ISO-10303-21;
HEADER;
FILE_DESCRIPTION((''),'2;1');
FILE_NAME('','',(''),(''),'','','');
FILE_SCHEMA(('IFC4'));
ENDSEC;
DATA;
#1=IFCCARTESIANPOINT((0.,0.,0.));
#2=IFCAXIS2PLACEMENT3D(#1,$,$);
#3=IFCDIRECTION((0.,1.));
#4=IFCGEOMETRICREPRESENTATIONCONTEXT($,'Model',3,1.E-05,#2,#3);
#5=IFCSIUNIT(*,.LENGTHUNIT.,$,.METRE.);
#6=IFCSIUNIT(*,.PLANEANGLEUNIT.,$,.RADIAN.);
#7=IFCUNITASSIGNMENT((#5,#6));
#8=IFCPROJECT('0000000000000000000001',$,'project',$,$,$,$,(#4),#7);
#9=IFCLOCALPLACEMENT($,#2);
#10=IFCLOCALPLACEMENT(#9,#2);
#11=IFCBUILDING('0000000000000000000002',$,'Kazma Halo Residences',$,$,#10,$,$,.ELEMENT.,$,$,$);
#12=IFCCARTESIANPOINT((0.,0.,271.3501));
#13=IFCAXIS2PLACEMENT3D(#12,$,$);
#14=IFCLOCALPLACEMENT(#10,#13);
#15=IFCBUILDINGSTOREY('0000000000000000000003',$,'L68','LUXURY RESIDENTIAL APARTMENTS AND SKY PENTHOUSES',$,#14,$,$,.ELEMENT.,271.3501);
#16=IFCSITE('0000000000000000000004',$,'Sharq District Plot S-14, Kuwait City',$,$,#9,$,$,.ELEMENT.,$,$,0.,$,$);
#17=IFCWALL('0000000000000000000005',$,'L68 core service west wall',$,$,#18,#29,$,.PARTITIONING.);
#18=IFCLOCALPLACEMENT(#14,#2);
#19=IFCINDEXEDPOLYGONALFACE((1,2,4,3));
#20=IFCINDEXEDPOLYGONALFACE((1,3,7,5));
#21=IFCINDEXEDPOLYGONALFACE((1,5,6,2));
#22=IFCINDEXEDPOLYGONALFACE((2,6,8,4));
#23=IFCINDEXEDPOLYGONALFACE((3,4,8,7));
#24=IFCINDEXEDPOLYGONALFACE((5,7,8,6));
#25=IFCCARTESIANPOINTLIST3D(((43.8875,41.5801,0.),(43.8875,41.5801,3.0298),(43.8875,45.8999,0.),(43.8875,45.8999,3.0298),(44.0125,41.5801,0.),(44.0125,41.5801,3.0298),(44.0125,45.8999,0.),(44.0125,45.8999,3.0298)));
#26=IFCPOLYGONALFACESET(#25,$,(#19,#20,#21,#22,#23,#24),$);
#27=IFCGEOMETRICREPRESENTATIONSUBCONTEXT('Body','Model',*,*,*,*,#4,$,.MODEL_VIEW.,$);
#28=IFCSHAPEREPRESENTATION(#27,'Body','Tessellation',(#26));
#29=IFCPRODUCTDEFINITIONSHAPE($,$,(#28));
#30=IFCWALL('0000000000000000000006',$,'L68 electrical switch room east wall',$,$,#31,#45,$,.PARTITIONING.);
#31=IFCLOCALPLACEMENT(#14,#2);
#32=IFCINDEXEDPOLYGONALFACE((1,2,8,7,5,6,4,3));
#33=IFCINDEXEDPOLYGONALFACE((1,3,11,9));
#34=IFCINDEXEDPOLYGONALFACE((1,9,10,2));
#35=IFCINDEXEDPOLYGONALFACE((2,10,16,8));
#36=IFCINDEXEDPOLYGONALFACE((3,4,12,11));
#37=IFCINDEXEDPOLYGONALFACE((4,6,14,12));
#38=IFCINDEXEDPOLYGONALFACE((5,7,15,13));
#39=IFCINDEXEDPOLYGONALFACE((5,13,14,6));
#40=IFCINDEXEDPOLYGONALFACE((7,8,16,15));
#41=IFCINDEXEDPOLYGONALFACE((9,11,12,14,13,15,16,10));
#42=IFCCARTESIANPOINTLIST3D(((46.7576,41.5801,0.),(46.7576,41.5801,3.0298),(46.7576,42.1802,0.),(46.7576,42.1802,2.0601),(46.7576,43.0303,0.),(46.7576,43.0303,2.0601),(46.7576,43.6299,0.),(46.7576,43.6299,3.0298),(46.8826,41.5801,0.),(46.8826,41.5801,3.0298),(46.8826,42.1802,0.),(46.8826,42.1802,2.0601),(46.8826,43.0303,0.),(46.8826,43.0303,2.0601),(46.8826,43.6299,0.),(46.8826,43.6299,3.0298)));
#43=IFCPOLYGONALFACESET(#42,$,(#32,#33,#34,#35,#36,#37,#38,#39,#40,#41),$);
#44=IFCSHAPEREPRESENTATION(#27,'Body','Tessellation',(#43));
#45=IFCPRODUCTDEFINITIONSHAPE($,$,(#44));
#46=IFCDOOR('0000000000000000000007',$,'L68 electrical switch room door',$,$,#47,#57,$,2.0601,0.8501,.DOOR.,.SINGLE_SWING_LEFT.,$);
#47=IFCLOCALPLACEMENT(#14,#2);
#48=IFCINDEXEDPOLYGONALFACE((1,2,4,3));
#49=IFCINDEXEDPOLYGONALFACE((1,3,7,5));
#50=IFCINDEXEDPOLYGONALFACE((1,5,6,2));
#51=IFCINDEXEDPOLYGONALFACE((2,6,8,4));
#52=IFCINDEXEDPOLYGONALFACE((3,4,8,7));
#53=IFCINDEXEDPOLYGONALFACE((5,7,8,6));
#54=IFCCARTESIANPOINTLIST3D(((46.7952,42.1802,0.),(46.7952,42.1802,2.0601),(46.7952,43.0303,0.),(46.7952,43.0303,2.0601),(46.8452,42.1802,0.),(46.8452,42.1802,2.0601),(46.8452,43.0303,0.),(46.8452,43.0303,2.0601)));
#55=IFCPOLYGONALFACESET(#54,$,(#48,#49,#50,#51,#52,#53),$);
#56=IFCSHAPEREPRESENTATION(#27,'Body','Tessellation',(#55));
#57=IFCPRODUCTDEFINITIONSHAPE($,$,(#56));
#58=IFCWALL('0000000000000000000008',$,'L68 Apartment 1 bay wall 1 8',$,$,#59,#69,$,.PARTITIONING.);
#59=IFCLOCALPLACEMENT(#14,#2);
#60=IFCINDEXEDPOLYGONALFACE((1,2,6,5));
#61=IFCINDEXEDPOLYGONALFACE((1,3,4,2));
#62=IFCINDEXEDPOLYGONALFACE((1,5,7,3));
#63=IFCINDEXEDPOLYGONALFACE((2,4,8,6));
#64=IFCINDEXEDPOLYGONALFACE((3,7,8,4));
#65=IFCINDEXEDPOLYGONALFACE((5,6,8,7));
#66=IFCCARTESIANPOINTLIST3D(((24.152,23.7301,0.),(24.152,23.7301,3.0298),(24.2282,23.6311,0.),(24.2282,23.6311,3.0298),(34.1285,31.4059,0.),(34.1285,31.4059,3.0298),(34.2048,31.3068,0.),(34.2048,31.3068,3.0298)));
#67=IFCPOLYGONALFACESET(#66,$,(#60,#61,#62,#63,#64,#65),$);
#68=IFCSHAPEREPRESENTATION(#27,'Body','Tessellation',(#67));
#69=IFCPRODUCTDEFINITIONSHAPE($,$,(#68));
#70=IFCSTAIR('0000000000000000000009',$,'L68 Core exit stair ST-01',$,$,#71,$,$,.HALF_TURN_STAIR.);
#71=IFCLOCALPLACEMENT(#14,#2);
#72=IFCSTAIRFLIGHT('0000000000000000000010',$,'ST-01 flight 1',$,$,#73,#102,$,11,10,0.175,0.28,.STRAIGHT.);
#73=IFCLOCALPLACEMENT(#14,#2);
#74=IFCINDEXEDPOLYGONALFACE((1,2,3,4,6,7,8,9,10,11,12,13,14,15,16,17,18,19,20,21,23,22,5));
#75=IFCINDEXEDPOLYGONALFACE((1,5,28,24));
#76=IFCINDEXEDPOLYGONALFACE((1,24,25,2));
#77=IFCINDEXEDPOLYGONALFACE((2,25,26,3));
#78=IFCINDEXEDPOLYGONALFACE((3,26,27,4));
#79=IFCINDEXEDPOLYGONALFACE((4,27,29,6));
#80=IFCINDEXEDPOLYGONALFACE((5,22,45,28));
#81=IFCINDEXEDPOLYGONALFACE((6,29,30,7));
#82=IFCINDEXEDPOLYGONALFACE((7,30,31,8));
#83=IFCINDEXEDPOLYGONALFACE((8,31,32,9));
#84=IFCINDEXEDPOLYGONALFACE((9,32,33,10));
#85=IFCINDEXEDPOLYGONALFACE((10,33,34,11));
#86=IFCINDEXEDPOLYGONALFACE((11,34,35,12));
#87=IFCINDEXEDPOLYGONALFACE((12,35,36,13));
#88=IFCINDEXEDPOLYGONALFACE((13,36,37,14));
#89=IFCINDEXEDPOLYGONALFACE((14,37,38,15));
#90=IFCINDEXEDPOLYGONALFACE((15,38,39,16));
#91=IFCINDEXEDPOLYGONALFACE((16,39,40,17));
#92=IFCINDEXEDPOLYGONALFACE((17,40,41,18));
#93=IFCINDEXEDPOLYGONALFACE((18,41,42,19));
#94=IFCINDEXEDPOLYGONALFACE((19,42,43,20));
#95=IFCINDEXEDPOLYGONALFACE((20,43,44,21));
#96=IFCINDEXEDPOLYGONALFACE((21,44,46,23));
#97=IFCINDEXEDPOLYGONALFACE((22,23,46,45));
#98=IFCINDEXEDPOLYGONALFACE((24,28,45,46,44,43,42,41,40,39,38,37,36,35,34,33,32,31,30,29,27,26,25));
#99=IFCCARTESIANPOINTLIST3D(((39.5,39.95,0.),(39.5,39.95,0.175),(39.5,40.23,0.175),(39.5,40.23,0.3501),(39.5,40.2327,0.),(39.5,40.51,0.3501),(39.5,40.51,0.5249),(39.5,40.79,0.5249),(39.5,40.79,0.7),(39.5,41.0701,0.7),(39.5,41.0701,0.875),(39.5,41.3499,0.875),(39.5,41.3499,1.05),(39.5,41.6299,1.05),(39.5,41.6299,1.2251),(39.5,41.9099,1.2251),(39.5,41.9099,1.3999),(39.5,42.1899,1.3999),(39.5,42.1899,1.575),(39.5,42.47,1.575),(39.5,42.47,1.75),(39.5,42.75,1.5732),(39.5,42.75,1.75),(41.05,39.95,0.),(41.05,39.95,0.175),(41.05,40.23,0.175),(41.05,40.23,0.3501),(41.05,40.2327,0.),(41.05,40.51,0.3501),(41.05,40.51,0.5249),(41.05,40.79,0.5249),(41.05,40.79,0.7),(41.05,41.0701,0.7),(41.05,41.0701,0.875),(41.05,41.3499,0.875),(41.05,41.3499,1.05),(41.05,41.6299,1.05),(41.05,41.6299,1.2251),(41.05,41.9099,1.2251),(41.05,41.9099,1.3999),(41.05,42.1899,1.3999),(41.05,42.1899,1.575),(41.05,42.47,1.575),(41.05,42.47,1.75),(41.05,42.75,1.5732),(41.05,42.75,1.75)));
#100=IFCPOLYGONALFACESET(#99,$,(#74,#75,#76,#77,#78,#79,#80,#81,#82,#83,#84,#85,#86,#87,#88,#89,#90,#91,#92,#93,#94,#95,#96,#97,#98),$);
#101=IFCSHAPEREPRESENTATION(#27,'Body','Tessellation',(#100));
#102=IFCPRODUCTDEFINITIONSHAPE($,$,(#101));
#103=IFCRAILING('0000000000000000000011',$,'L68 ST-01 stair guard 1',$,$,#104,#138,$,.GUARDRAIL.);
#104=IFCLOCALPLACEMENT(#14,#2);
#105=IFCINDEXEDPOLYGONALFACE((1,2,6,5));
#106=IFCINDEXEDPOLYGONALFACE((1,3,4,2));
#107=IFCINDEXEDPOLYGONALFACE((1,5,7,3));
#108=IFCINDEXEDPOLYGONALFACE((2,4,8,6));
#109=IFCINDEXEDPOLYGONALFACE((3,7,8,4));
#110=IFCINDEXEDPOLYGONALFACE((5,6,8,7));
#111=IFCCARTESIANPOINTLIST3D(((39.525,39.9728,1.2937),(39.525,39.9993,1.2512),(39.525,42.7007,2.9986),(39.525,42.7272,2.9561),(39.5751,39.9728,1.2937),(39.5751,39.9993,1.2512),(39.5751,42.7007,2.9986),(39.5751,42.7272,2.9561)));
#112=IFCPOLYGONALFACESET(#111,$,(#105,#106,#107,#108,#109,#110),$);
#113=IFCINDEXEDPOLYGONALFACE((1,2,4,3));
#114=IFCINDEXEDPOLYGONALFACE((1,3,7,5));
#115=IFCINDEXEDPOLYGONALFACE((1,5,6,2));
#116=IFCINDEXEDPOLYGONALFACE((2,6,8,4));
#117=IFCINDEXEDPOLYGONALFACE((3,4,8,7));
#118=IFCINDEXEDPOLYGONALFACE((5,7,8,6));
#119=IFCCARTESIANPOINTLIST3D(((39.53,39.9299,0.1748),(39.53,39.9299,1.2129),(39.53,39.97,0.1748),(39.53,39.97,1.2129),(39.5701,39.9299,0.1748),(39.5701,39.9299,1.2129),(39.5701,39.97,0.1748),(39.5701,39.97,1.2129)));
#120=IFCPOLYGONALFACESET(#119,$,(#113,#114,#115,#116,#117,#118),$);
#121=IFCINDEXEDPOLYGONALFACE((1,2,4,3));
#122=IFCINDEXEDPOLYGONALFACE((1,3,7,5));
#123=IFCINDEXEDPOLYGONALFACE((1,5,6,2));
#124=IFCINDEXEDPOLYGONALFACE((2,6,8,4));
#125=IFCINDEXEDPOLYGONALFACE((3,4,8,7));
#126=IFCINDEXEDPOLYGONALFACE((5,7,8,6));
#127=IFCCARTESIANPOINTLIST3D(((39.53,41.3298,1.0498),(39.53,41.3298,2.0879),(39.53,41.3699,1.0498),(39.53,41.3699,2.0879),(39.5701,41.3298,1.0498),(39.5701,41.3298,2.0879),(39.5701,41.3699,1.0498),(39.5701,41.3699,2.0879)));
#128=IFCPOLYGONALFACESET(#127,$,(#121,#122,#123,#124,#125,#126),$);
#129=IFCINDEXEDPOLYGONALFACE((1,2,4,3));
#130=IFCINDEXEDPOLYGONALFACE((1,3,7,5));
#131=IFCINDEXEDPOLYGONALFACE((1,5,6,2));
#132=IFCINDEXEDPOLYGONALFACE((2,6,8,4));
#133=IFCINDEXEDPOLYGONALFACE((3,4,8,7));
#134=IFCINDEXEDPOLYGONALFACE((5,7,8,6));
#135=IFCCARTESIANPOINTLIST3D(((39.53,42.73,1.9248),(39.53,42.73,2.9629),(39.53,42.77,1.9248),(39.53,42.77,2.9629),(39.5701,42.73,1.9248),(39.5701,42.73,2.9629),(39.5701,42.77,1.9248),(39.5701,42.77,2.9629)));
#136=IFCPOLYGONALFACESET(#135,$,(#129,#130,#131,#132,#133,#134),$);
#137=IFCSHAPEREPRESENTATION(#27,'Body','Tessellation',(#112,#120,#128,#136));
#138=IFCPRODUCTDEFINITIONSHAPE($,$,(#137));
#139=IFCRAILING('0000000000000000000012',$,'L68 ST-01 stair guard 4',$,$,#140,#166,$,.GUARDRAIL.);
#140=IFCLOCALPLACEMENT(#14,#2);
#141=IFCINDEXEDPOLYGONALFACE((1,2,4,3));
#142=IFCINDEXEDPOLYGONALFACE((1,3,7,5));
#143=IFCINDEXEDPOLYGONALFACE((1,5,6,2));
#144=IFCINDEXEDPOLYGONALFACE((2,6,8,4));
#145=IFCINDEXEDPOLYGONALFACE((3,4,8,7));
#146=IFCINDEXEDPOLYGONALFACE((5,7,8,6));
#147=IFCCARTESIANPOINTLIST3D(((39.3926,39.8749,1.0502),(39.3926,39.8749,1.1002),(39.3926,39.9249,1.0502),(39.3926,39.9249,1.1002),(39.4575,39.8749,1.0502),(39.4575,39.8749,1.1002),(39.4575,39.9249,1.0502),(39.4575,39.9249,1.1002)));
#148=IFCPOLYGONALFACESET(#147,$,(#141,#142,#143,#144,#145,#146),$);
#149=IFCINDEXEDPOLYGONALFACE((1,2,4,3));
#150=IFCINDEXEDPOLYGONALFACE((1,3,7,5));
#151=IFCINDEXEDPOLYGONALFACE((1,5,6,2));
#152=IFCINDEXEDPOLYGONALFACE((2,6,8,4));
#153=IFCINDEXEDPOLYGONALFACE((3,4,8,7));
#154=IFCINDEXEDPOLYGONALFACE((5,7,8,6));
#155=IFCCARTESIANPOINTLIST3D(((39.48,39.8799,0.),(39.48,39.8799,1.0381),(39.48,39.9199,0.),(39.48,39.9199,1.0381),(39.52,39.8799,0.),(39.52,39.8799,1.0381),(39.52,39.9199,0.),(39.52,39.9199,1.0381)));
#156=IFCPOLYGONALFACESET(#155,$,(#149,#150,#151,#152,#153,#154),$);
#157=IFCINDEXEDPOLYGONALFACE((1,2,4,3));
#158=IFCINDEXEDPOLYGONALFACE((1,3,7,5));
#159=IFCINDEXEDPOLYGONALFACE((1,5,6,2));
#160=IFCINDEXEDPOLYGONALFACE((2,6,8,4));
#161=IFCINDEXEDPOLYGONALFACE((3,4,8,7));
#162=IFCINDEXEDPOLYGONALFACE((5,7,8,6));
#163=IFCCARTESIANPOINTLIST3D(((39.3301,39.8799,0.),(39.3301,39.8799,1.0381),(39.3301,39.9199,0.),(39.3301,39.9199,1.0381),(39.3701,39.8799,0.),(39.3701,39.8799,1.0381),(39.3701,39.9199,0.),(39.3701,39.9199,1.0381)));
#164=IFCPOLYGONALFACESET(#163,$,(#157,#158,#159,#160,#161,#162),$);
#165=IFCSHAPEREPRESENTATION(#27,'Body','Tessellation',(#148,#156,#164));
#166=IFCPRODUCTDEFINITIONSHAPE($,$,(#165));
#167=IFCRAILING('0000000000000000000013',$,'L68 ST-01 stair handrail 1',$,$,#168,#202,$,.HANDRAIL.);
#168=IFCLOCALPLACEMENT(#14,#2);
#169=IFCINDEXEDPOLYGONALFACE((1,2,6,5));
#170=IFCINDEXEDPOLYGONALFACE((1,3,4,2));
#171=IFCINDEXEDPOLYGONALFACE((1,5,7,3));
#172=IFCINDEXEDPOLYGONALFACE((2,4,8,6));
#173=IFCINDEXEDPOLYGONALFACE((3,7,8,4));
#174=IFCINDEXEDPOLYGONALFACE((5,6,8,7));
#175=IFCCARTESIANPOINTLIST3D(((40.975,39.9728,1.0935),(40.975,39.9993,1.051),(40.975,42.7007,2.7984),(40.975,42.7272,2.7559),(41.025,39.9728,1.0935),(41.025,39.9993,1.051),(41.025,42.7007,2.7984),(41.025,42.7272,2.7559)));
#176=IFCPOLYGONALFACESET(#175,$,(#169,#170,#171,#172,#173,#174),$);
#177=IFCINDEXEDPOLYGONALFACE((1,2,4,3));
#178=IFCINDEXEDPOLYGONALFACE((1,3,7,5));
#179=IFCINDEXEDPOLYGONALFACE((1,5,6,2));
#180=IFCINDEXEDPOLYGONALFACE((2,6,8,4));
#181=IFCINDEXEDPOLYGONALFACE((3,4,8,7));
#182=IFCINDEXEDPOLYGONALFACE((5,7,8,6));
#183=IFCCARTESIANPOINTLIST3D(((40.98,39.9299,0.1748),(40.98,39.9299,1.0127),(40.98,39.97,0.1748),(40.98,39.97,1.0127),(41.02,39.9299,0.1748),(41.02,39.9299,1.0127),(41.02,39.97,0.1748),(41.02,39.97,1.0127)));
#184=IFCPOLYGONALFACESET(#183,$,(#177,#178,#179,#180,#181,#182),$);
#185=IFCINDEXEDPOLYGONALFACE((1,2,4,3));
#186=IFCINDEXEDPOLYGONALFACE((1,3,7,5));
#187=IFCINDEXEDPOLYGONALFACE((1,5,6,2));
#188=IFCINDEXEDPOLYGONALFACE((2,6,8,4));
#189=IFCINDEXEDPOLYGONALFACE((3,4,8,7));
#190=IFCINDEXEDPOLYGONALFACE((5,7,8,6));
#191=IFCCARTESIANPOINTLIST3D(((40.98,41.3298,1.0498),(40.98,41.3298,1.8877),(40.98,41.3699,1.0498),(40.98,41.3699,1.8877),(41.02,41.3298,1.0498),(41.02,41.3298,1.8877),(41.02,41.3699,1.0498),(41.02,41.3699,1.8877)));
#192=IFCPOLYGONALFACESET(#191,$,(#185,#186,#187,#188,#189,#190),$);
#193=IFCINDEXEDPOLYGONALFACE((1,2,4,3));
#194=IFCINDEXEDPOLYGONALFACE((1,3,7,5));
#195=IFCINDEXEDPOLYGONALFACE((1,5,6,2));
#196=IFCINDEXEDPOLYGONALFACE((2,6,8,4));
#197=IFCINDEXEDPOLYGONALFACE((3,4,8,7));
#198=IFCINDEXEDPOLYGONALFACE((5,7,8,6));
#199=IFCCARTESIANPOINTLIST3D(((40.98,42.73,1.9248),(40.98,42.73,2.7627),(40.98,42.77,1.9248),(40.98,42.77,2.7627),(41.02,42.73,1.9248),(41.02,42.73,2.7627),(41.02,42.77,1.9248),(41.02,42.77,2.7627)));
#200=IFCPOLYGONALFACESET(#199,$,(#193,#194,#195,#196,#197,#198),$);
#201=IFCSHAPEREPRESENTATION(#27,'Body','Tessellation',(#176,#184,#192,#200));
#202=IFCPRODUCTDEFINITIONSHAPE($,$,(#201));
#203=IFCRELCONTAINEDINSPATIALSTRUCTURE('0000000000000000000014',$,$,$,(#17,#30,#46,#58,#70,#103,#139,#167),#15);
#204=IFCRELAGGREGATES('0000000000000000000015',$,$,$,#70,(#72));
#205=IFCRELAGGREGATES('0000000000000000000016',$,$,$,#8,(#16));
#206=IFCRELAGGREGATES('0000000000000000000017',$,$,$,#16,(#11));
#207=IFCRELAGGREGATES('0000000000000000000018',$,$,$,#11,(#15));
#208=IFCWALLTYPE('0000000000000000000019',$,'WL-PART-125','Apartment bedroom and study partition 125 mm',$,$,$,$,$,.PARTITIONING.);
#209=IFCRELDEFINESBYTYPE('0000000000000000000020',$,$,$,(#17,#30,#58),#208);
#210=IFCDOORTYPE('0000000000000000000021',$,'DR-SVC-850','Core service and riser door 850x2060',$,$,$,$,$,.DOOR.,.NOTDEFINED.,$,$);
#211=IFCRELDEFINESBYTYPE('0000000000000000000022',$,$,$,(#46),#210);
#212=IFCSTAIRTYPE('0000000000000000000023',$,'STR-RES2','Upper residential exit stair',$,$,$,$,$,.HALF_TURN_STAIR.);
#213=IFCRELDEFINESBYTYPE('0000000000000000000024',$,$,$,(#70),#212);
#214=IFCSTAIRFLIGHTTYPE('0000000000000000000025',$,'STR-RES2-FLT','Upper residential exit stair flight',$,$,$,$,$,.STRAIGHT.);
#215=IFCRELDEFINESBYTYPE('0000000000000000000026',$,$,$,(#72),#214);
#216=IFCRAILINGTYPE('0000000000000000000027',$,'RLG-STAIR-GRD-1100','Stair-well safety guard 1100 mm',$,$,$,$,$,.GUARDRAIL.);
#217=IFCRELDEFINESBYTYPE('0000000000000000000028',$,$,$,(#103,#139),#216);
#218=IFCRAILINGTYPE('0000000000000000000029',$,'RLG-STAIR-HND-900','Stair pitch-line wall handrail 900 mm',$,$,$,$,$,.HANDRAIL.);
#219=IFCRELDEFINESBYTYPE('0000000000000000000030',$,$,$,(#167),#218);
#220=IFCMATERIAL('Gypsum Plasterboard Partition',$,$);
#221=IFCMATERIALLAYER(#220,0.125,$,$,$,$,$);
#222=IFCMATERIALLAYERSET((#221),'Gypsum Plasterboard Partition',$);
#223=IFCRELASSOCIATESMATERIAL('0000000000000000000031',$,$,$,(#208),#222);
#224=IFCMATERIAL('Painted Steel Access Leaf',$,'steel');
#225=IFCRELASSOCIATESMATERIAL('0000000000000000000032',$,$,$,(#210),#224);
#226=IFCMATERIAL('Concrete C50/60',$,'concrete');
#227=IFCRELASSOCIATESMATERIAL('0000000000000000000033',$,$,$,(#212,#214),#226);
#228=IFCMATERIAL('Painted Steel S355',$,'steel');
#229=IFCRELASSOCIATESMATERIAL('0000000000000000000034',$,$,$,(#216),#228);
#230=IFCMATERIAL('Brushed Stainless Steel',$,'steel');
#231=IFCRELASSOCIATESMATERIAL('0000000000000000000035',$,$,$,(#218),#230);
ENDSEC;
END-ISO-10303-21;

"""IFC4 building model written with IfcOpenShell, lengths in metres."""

from ifc_helpers import new_model, si_unit, direction, frame, frame_2d, origin, origin_2d, place, context, subcontext, project, spatial, polyline, rectangle, outline, extrude, material, layer, layer_set, type_object, element, fill, aggregate, save


model = new_model("IFC4")

# Units and contexts
model_context = context("Model", 3, precision=1e-05, world=origin(), true_north=direction((0.0, 1.0)))
body_context = subcontext(model_context, "Body", "Model", "MODEL_VIEW")
ifc_project = project(units=[si_unit("LENGTHUNIT", "METRE"), si_unit("PLANEANGLEUNIT", "RADIAN")], contexts=[model_context])

# Site, building, storey
site_placement = place(None, origin())
site = spatial("IfcSite", under=ifc_project, at=site_placement, Name="Sharq District Plot S-14, Kuwait City", CompositionType="ELEMENT", RefElevation=0.0)
building_placement = place(site_placement, origin())
building = spatial("IfcBuilding", under=site, at=building_placement, Name="Kazma Halo Residences", CompositionType="ELEMENT")
storey_placement = place(building_placement, frame((0.0, 0.0, 271.3501)))
storey = spatial("IfcBuildingStorey", under=building, at=storey_placement, Name="L68", Description="LUXURY RESIDENTIAL APARTMENTS AND SKY PENTHOUSES", CompositionType="ELEMENT", Elevation=271.3501)

# Shared definitions
ifc_material_1 = material(Name="Gypsum Plasterboard Partition")
ifc_layer_1 = layer(ifc_material_1, 0.125)
ifc_layer_set_1 = layer_set([ifc_layer_1], Name="Gypsum Plasterboard Partition")
wall_type_1 = type_object("IfcWallType", Name="WL-PART-125", Description="Apartment bedroom and study partition 125 mm", PredefinedType="PARTITIONING", material=ifc_layer_set_1)

# Shared definitions
ifc_material_2 = material(Name="Painted Steel Access Leaf", Category="steel")
door_type_1 = type_object("IfcDoorType", Name="DR-SVC-850", Description="Core service and riser door 850x2060", OperationType="NOTDEFINED", PredefinedType="DOOR", material=ifc_material_2)

# Wall
wall_1_placement = place(storey_placement, frame((43.95, 41.5801, 0.0), z_axis=(0.0, 0.0, 1.0), x_axis=(0.0, 1.0, 0.0)))
element("IfcWall", 1, at=wall_1_placement, inside=storey, type_object=wall_type_1, Name="L68 core service west wall", PredefinedType="PARTITIONING", context=body_context, shape_type="SweptSolid", body=[
    extrude(rectangle(XDim=4.3198, YDim=0.125, at=frame_2d((2.1599, 0.0))), origin(), (0.0, 0.0, 1.0), 3.0298),
])

# Wall, opening, door
wall_2_placement = place(storey_placement, frame((46.8201, 41.5801, 0.0), z_axis=(0.0, 0.0, 1.0), x_axis=(0.0, 1.0, 0.0)))
wall_2 = element("IfcWall", 2, at=wall_2_placement, inside=storey, type_object=wall_type_1, Name="L68 electrical switch room east wall", PredefinedType="PARTITIONING", context=body_context, shape_type="SweptSolid", body=[
    extrude(rectangle(XDim=2.0498, YDim=0.125, at=frame_2d((1.0249, 0.0))), origin(), (0.0, 0.0, 1.0), 3.0298),
])
opening_1_placement = place(wall_2_placement, frame((0.6001, 0.0, 0.0)))
opening_1 = element("IfcOpeningElement", 3, at=opening_1_placement, cuts=wall_2, PredefinedType="OPENING", context=body_context, shape_type="SweptSolid", body=[
    extrude(rectangle(XDim=0.8501, YDim=2.0601, at=frame_2d((0.425, 1.03))), frame((0.0, 0.0725, 0.0), z_axis=(0.0, -1.0, 0.0), x_axis=(1.0, 0.0, 0.0)), (0.0, 0.0, 1.0), 0.145),
])
door_1_placement = place(opening_1_placement, origin())
door_1 = element("IfcDoor", 4, at=door_1_placement, inside=storey, type_object=door_type_1, Name="L68 electrical switch room door", OperationType="SINGLE_SWING_LEFT", OverallHeight=2.0601, OverallWidth=0.8501, PredefinedType="DOOR", context=body_context, shape_type="SweptSolid", body=[
    extrude(rectangle(XDim=0.8501, YDim=2.0601, at=frame_2d((0.425, 1.03))), frame((0.0, 0.0249, 0.0), z_axis=(0.0, -1.0, 0.0), x_axis=(1.0, 0.0, 0.0)), (0.0, 0.0, 1.0), 0.05),
])
fill(opening_1, door_1)

# Wall
wall_3_placement = place(storey_placement, frame((34.1667, 31.3564, 0.0), z_axis=(0.0, 0.0, 1.0), x_axis=(-0.792566, -0.609786, 0.0)))
element("IfcWall", 5, at=wall_3_placement, inside=storey, type_object=wall_type_1, Name="L68 Apartment 1 bay wall 1 8", PredefinedType="PARTITIONING", context=body_context, shape_type="SweptSolid", body=[
    extrude(rectangle(XDim=12.5876, YDim=0.125, at=frame_2d((6.2939, 0.0))), origin(), (0.0, 0.0, 1.0), 3.0298),
])

# Shared definitions
ifc_material_3 = material(Name="Concrete C50/60", Category="concrete")

# Stair, stair flight
stair_type = type_object("IfcStairType", Name="STR-RES2", Description="Upper residential exit stair", PredefinedType="HALF_TURN_STAIR", material=ifc_material_3)
stair_placement = place(storey_placement, origin())
stair = element("IfcStair", 6, at=stair_placement, inside=storey, type_object=stair_type, Name="L68 Core exit stair ST-01", PredefinedType="HALF_TURN_STAIR")
stair_flight_type = type_object("IfcStairFlightType", Name="STR-RES2-FLT", Description="Upper residential exit stair flight", PredefinedType="STRAIGHT", material=ifc_material_3)
stair_flight_placement = place(storey_placement, frame((40.2749, 39.95, 0.0), z_axis=(0.0, 0.0, 1.0), x_axis=(0.0, 1.0, 0.0)))
stair_flight = element("IfcStairFlight", 7, at=stair_flight_placement, type_object=stair_flight_type, Name="ST-01 flight 1", NumberOfRisers=11, NumberOfTreads=10, PredefinedType="STRAIGHT", RiserHeight=0.175, TreadLength=0.28, context=body_context, shape_type="SweptSolid", body=[
    extrude(outline(polyline([(0.0, 0.0), (0.0, 0.175), (0.28, 0.175), (0.28, 0.3501), (0.5601, 0.3501), (0.5601, 0.5249), (0.8401, 0.5249), (0.8401, 0.7), (1.1201, 0.7), (1.1201, 0.875), (1.3999, 0.875), (1.3999, 1.05), (1.6799, 1.05), (1.6799, 1.2251), (1.96, 1.2251), (1.96, 1.3999), (2.24, 1.3999), (2.24, 1.575), (2.52, 1.575), (2.52, 1.75), (2.8, 1.75), (2.8, 1.925), (2.8, 1.5732), (0.2827, 0.0), (0.0, 0.0)])), frame((0.0, 0.7749, 0.0), z_axis=(0.0, -1.0, 0.0), x_axis=(1.0, 0.0, 0.0)), (0.0, 0.0, 1.0), 1.55),
])
aggregate(stair, [stair_flight])

# Railings
ifc_material_4 = material(Name="Painted Steel S355", Category="steel")
railing_type_1 = type_object("IfcRailingType", Name="RLG-STAIR-GRD-1100", Description="Stair-well safety guard 1100 mm", PredefinedType="GUARDRAIL", material=ifc_material_4)
railing_1_placement = place(storey_placement, frame((39.55, 39.95, 0.1748)))
element("IfcRailing", 8, at=railing_1_placement, inside=storey, type_object=railing_type_1, Name="L68 ST-01 stair guard 1", PredefinedType="GUARDRAIL", context=body_context, shape_type="SweptSolid", body=[
    extrude(rectangle(XDim=0.05, YDim=0.05, at=origin_2d()), frame((0.0, 0.0361, 1.0977), z_axis=(0.0, 0.848002, 0.529992), x_axis=(-1.0, 0.0, 0.0)), (0.0, 0.0, 1.0), 3.2168),
    extrude(rectangle(XDim=0.04, YDim=0.04, at=origin_2d()), origin(), (0.0, 0.0, 1.0), 1.0381),
    extrude(rectangle(XDim=0.04, YDim=0.04, at=origin_2d()), frame((0.0, 1.3999, 0.875)), (0.0, 0.0, 1.0), 1.0381),
    extrude(rectangle(XDim=0.04, YDim=0.04, at=origin_2d()), frame((0.0, 2.8, 1.75)), (0.0, 0.0, 1.0), 1.0381),
])
railing_2_placement = place(storey_placement, frame((39.5, 39.8999, 0.0)))
element("IfcRailing", 9, at=railing_2_placement, inside=storey, type_object=railing_type_1, Name="L68 ST-01 stair guard 4", PredefinedType="GUARDRAIL", context=body_context, shape_type="SweptSolid", body=[
    extrude(rectangle(XDim=0.05, YDim=0.05, at=origin_2d()), frame((-0.0425, 0.0, 1.0752), z_axis=(-1.0, 0.0, 0.0), x_axis=(0.0, -1.0, 0.0)), (0.0, 0.0, 1.0), 0.0649),
    extrude(rectangle(XDim=0.04, YDim=0.04, at=origin_2d()), origin(), (0.0, 0.0, 1.0), 1.0381),
    extrude(rectangle(XDim=0.04, YDim=0.04, at=origin_2d()), frame((-0.1499, 0.0, 0.0)), (0.0, 0.0, 1.0), 1.0381),
])
ifc_material_5 = material(Name="Brushed Stainless Steel", Category="steel")
railing_type_2 = type_object("IfcRailingType", Name="RLG-STAIR-HND-900", Description="Stair pitch-line wall handrail 900 mm", PredefinedType="HANDRAIL", material=ifc_material_5)
railing_3_placement = place(storey_placement, frame((41.0, 39.95, 0.1748)))
element("IfcRailing", 10, at=railing_3_placement, inside=storey, type_object=railing_type_2, Name="L68 ST-01 stair handrail 1", PredefinedType="HANDRAIL", context=body_context, shape_type="SweptSolid", body=[
    extrude(rectangle(XDim=0.05, YDim=0.05, at=origin_2d()), frame((0.0, 0.0361, 0.8975), z_axis=(0.0, 0.848002, 0.529992), x_axis=(-1.0, 0.0, 0.0)), (0.0, 0.0, 1.0), 3.2168),
    extrude(rectangle(XDim=0.04, YDim=0.04, at=origin_2d()), origin(), (0.0, 0.0, 1.0), 0.8379),
    extrude(rectangle(XDim=0.04, YDim=0.04, at=origin_2d()), frame((0.0, 1.3999, 0.875)), (0.0, 0.0, 1.0), 0.8379),
    extrude(rectangle(XDim=0.04, YDim=0.04, at=origin_2d()), frame((0.0, 2.8, 1.75)), (0.0, 0.0, 1.0), 0.8379),
])

save(model, "model.ifc")
